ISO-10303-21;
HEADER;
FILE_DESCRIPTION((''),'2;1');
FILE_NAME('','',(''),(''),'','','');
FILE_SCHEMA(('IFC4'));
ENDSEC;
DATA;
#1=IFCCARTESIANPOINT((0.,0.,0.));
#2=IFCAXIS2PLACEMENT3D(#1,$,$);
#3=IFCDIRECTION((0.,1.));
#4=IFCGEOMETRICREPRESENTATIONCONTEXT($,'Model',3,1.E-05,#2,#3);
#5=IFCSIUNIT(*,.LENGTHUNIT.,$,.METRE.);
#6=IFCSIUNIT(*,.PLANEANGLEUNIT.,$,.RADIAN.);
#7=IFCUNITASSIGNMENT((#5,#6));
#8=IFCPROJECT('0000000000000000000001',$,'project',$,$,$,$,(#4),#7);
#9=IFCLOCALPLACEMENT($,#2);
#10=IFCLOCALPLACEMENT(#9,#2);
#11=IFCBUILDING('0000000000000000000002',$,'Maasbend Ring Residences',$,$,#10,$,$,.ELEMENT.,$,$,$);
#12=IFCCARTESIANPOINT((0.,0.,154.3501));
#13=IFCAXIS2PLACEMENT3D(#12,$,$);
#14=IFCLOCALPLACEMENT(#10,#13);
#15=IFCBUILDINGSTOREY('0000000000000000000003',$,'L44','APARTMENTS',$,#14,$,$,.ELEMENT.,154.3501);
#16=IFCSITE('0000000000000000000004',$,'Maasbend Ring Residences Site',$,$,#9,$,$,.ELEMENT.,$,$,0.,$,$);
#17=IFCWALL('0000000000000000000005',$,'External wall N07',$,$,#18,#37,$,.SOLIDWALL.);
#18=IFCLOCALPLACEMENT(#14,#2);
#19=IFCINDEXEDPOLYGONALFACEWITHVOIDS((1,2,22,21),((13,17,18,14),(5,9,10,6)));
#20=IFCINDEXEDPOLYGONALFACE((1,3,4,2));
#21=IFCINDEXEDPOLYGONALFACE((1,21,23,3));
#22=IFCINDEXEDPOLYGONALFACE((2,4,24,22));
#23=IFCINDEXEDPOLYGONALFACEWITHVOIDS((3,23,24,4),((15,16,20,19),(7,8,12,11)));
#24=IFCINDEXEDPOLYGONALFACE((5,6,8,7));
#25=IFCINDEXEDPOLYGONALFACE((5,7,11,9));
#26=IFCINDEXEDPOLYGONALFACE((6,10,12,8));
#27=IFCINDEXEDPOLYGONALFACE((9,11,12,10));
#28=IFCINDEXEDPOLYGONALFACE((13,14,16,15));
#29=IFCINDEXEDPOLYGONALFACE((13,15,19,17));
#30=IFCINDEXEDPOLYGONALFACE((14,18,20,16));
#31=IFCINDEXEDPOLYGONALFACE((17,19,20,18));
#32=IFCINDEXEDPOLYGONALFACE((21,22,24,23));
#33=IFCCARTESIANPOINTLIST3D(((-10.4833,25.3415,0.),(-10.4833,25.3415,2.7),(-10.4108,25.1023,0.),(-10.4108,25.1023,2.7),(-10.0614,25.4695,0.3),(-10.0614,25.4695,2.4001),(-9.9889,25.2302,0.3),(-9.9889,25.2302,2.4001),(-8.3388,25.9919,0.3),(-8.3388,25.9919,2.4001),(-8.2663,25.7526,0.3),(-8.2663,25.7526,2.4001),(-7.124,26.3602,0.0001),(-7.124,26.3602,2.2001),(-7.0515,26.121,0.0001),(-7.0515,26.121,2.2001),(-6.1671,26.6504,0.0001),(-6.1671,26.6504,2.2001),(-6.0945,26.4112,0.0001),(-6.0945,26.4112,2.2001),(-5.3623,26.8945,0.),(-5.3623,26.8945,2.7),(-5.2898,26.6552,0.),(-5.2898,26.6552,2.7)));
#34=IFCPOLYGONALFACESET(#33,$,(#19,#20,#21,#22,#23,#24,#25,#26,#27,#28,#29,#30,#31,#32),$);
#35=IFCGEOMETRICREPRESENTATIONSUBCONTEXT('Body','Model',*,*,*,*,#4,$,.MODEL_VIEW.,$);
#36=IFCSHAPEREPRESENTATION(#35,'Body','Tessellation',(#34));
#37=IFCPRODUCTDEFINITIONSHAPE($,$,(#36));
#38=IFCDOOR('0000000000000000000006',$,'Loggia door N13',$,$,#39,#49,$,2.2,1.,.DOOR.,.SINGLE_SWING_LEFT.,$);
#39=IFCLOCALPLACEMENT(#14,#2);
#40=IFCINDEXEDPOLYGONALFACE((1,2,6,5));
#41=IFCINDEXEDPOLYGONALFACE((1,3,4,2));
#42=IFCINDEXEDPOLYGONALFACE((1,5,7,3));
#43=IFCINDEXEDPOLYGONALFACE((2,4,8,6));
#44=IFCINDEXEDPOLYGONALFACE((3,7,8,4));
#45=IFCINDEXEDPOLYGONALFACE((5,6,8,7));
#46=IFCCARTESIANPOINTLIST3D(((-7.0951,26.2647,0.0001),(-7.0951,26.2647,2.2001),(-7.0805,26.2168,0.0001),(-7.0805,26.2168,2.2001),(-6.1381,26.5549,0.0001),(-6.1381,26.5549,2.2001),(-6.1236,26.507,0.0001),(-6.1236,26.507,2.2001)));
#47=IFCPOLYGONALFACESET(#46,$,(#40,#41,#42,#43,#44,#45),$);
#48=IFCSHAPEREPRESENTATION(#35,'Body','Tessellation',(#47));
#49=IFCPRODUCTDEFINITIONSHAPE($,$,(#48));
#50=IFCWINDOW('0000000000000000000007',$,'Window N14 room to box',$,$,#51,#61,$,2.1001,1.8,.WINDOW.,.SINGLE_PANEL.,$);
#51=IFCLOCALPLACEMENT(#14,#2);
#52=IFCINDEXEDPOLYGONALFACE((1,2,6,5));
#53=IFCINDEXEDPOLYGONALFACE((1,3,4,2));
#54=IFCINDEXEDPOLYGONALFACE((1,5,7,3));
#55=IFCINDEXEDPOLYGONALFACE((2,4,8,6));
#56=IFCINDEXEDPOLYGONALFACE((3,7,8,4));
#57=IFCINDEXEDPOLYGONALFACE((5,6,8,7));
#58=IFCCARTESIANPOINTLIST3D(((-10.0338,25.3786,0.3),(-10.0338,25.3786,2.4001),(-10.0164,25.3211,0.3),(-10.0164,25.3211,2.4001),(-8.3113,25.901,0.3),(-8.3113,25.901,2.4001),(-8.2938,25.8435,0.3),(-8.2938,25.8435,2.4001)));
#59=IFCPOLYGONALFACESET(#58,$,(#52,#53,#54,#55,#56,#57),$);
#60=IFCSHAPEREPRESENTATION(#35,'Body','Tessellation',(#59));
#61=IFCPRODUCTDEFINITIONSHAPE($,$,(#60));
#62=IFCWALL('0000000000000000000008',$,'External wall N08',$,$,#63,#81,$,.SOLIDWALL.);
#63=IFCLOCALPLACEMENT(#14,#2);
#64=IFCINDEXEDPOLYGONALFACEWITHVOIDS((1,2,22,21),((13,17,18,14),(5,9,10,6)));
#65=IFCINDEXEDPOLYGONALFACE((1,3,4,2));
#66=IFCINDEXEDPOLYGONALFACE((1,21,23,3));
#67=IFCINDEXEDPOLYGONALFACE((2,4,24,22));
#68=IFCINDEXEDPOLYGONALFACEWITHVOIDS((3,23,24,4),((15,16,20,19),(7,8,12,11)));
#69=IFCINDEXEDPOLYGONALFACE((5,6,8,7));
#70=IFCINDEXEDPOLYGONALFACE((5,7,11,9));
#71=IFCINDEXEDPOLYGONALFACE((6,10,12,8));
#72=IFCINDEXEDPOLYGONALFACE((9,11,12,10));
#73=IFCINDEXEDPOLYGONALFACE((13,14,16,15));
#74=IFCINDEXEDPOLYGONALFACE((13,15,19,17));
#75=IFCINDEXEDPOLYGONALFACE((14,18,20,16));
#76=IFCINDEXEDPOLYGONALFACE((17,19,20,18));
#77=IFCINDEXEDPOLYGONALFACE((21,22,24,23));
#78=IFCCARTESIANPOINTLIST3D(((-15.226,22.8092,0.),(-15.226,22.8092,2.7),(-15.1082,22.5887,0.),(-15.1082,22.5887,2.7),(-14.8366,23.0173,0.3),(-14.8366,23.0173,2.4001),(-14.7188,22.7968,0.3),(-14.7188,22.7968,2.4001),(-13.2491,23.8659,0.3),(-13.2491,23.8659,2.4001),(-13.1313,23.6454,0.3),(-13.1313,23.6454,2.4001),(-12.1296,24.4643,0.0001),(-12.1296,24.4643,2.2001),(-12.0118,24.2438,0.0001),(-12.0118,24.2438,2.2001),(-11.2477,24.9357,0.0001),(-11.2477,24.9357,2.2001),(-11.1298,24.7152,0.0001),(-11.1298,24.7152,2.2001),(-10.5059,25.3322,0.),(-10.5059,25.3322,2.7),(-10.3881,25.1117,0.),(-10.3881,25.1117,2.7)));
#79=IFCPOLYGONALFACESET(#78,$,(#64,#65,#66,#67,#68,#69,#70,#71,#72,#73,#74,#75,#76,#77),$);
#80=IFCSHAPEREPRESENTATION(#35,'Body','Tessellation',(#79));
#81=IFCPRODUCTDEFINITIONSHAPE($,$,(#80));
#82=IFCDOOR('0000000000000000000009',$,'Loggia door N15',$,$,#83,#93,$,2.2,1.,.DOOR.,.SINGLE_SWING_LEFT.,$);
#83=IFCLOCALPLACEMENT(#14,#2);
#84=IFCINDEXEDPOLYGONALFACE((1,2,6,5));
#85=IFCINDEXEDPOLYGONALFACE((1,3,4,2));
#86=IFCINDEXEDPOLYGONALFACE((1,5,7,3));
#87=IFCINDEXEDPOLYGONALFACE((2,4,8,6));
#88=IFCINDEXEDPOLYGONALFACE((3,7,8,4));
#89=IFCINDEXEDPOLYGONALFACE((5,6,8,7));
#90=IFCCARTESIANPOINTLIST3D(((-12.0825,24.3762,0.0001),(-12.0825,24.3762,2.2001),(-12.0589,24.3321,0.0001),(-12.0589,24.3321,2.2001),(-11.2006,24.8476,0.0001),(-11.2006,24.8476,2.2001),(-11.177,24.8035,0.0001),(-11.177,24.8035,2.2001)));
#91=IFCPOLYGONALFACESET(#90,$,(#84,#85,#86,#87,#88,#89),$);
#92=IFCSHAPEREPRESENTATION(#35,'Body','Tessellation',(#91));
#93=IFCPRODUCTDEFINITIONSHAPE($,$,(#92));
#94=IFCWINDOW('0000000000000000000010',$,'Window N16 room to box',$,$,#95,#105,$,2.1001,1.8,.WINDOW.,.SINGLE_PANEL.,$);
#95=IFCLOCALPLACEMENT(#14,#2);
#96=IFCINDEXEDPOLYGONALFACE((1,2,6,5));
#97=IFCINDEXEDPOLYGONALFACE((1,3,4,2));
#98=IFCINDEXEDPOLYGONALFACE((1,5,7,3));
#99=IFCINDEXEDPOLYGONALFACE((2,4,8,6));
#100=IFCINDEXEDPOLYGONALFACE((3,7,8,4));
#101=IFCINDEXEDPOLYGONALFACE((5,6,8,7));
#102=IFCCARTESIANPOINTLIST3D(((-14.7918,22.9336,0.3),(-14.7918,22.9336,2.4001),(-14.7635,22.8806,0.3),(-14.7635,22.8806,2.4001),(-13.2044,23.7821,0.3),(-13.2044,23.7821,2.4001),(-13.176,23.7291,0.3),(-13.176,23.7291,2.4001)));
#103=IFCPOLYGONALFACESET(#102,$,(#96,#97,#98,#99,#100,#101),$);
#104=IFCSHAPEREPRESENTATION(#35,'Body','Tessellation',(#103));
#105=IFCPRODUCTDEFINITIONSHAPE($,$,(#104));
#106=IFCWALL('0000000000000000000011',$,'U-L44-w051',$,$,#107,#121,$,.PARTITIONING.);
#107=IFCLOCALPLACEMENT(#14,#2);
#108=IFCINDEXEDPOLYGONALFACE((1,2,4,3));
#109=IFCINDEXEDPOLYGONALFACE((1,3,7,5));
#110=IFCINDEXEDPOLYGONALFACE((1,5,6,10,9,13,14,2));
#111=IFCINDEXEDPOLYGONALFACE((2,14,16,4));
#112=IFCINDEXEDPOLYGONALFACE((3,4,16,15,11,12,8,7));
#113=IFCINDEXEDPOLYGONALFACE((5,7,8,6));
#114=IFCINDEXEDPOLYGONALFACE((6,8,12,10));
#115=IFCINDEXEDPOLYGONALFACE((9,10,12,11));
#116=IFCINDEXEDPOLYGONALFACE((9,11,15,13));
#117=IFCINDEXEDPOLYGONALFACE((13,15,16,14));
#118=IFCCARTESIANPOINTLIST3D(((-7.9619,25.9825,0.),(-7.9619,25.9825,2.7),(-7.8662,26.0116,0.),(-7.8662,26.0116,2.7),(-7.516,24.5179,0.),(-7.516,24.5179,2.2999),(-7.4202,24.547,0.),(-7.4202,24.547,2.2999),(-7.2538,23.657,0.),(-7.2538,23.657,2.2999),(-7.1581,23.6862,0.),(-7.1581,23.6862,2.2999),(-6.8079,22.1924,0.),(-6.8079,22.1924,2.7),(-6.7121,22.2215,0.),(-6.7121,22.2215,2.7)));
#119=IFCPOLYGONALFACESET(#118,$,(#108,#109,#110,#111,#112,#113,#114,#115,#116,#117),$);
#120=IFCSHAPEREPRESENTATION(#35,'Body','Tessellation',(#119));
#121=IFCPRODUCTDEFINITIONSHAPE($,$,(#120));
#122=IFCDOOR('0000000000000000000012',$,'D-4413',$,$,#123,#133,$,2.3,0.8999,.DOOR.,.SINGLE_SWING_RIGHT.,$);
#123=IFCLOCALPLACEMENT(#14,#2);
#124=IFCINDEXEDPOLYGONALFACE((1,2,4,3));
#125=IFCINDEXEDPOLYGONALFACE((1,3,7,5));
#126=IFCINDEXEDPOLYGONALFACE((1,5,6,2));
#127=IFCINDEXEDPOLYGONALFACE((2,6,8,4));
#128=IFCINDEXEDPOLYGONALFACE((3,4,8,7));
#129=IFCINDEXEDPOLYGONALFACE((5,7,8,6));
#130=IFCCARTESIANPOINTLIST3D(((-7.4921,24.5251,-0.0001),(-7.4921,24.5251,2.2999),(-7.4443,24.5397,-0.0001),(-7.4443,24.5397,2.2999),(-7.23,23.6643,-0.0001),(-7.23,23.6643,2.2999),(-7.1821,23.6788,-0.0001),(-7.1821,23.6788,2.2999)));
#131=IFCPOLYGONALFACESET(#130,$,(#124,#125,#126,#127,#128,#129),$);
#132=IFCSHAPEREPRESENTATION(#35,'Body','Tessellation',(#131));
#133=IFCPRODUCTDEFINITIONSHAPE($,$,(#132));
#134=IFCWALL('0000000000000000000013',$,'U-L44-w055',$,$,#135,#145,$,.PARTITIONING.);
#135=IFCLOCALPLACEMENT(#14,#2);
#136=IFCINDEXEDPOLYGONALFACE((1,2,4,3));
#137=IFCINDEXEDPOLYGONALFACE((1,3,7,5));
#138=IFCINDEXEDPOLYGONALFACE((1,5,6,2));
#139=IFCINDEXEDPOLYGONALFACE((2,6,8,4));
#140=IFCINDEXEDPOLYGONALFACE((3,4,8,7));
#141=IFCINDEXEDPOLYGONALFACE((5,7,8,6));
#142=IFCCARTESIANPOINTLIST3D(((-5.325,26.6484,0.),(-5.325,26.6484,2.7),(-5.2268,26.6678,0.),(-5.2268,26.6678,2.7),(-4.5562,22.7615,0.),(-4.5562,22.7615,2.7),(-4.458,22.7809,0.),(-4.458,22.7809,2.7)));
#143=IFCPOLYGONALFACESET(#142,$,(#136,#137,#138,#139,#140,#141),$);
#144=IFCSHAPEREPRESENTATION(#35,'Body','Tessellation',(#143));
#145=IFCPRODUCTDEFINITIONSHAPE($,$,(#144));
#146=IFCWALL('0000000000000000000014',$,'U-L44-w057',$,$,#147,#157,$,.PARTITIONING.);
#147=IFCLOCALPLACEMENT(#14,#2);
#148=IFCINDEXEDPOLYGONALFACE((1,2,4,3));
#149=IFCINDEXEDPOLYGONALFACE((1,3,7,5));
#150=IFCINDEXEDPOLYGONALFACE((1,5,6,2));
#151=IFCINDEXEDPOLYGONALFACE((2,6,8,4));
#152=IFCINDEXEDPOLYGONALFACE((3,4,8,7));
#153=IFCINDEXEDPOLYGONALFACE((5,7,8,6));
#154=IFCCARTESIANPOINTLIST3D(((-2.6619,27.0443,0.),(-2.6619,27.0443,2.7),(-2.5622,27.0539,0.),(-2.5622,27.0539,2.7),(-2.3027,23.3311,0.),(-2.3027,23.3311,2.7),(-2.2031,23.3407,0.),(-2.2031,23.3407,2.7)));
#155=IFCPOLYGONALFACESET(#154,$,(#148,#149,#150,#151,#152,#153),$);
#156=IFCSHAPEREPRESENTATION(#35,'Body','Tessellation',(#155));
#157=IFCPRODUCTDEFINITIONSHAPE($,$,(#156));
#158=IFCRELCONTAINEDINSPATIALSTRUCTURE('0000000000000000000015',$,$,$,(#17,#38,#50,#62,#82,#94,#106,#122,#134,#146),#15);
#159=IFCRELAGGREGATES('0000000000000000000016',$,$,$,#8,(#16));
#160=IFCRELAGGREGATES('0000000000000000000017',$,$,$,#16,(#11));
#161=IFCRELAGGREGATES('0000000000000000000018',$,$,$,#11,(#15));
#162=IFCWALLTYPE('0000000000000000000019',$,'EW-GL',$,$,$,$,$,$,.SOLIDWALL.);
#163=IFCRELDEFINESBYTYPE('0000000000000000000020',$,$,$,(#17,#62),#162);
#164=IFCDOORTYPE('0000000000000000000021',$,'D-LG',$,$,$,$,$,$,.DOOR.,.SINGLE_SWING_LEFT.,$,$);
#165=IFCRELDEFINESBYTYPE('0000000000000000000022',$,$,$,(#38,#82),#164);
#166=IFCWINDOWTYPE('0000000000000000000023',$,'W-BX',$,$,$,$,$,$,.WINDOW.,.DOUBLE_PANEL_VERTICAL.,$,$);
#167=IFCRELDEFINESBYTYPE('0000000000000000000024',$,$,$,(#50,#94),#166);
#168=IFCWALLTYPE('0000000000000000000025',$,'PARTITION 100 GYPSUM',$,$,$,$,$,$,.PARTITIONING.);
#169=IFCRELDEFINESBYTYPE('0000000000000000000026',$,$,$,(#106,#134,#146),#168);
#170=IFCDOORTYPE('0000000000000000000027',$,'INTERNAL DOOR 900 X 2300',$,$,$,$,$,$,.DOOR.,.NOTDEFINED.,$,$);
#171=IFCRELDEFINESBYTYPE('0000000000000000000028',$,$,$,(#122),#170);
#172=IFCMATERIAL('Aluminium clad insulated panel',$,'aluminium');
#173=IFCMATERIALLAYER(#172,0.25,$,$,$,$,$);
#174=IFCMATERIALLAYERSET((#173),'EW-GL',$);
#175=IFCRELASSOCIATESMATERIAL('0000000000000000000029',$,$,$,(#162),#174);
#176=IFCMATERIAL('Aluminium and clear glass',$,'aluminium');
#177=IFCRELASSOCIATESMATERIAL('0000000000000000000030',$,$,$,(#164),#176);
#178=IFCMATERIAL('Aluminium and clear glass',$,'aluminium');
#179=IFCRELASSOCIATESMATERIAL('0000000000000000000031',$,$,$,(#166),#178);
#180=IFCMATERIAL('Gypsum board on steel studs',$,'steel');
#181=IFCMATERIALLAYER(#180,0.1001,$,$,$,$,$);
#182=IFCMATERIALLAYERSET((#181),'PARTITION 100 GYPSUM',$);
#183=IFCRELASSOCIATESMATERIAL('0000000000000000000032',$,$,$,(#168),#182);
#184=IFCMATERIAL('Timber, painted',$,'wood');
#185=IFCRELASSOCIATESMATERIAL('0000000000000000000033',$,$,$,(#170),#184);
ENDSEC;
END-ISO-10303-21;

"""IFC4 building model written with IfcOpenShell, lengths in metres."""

from ifc_helpers import new_model, si_unit, direction, frame, frame_2d, origin, place, context, subcontext, project, spatial, rectangle, extrude, material, layer, layer_set, type_object, element, fill, save


model = new_model("IFC4")

# Units and contexts
model_context = context("Model", 3, precision=1e-05, world=origin(), true_north=direction((0.0, 1.0)))
body_context = subcontext(model_context, "Body", "Model", "MODEL_VIEW")
ifc_project = project(units=[si_unit("LENGTHUNIT", "METRE"), si_unit("PLANEANGLEUNIT", "RADIAN")], contexts=[model_context])

# Site, building, storey
site_placement = place(None, origin())
site = spatial("IfcSite", under=ifc_project, at=site_placement, Name="Maasbend Ring Residences Site", CompositionType="ELEMENT", RefElevation=0.0)
building_placement = place(site_placement, origin())
building = spatial("IfcBuilding", under=site, at=building_placement, Name="Maasbend Ring Residences", CompositionType="ELEMENT")
storey_placement = place(building_placement, frame((0.0, 0.0, 154.3501)))
storey = spatial("IfcBuildingStorey", under=building, at=storey_placement, Name="L44", Description="APARTMENTS", CompositionType="ELEMENT", Elevation=154.3501)

# Walls, openings, doors, windows
ifc_material_1 = material(Name="Aluminium clad insulated panel", Category="aluminium")
ifc_layer_1 = layer(ifc_material_1, 0.25)
ifc_layer_set_1 = layer_set([ifc_layer_1], Name="EW-GL")
wall_type_1 = type_object("IfcWallType", Name="EW-GL", PredefinedType="SOLIDWALL", material=ifc_layer_set_1)
wall_1_placement = place(storey_placement, frame((-5.3259, 26.7749, 0.0), z_axis=(0.0, 0.0, 1.0), x_axis=(-0.956966, -0.290201, 0.0)))
wall_1 = element("IfcWall", 1, at=wall_1_placement, inside=storey, type_object=wall_type_1, Name="External wall N07", PredefinedType="SOLIDWALL", context=body_context, shape_type="SweptSolid", body=[
    extrude(rectangle(XDim=5.3513, YDim=0.25, at=frame_2d((2.6758, 0.0))), origin(), (0.0, 0.0, 1.0), 2.7),
])
opening_1_placement = place(wall_1_placement, frame((0.8411, 0.0, 0.0)))
opening_1 = element("IfcOpeningElement", 2, at=opening_1_placement, cuts=wall_1, PredefinedType="OPENING", context=body_context, shape_type="SweptSolid", body=[
    extrude(rectangle(XDim=1.0, YDim=2.2, at=frame_2d((0.5, 1.1001))), frame((0.0, 0.135, 0.0), z_axis=(0.0, -1.0, 0.0), x_axis=(1.0, 0.0, 0.0)), (0.0, 0.0, 1.0), 0.27),
])
opening_2_placement = place(wall_1_placement, frame((3.1106, 0.0, 0.3)))
opening_2 = element("IfcOpeningElement", 3, at=opening_2_placement, cuts=wall_1, PredefinedType="OPENING", context=body_context, shape_type="SweptSolid", body=[
    extrude(rectangle(XDim=1.8, YDim=2.1001, at=frame_2d((0.8999, 1.05))), frame((0.0, 0.135, 0.0), z_axis=(0.0, -1.0, 0.0), x_axis=(1.0, 0.0, 0.0)), (0.0, 0.0, 1.0), 0.27),
])
ifc_material_2 = material(Name="Aluminium and clear glass", Category="aluminium")
door_type_1 = type_object("IfcDoorType", Name="D-LG", OperationType="SINGLE_SWING_LEFT", PredefinedType="DOOR", material=ifc_material_2)
door_1_placement = place(opening_1_placement, origin())
door_1 = element("IfcDoor", 4, at=door_1_placement, inside=storey, type_object=door_type_1, Name="Loggia door N13", OperationType="SINGLE_SWING_LEFT", OverallHeight=2.2, OverallWidth=1.0, PredefinedType="DOOR", context=body_context, shape_type="SweptSolid", body=[
    extrude(rectangle(XDim=1.0, YDim=2.2, at=frame_2d((0.5, 1.1001))), frame((0.0, 0.0249, 0.0), z_axis=(0.0, -1.0, 0.0), x_axis=(1.0, 0.0, 0.0)), (0.0, 0.0, 1.0), 0.05),
])
fill(opening_1, door_1)
ifc_material_3 = material(Name="Aluminium and clear glass", Category="aluminium")
window_type_1 = type_object("IfcWindowType", Name="W-BX", PartitioningType="DOUBLE_PANEL_VERTICAL", PredefinedType="WINDOW", material=ifc_material_3)
window_1_placement = place(opening_2_placement, origin())
window_1 = element("IfcWindow", 5, at=window_1_placement, inside=storey, type_object=window_type_1, Name="Window N14 room to box", OverallHeight=2.1001, OverallWidth=1.8, PartitioningType="SINGLE_PANEL", PredefinedType="WINDOW", context=body_context, shape_type="SweptSolid", body=[
    extrude(rectangle(XDim=1.8, YDim=2.1001, at=frame_2d((0.8999, 1.05))), frame((0.0, 0.03, 0.0), z_axis=(0.0, -1.0, 0.0), x_axis=(1.0, 0.0, 0.0)), (0.0, 0.0, 1.0), 0.0601),
])
fill(opening_2, window_1)
wall_2_placement = place(storey_placement, frame((-10.447, 25.2219, 0.0), z_axis=(0.0, 0.0, 1.0), x_axis=(-0.881916, -0.471407, 0.0)))
wall_2 = element("IfcWall", 6, at=wall_2_placement, inside=storey, type_object=wall_type_1, Name="External wall N08", PredefinedType="SOLIDWALL", context=body_context, shape_type="SweptSolid", body=[
    extrude(rectangle(XDim=5.3521, YDim=0.25, at=frame_2d((2.676, 0.0))), origin(), (0.0, 0.0, 1.0), 2.7),
])
opening_3_placement = place(wall_2_placement, frame((0.8411, 0.0, 0.0)))
opening_3 = element("IfcOpeningElement", 7, at=opening_3_placement, cuts=wall_2, PredefinedType="OPENING", context=body_context, shape_type="SweptSolid", body=[
    extrude(rectangle(XDim=1.0, YDim=2.2, at=frame_2d((0.5, 1.1001))), frame((0.0, 0.135, 0.0), z_axis=(0.0, -1.0, 0.0), x_axis=(1.0, 0.0, 0.0)), (0.0, 0.0, 1.0), 0.27),
])
opening_4_placement = place(wall_2_placement, frame((3.1106, 0.0, 0.3)))
opening_4 = element("IfcOpeningElement", 8, at=opening_4_placement, cuts=wall_2, PredefinedType="OPENING", context=body_context, shape_type="SweptSolid", body=[
    extrude(rectangle(XDim=1.8, YDim=2.1001, at=frame_2d((0.8999, 1.05))), frame((0.0, 0.135, 0.0), z_axis=(0.0, -1.0, 0.0), x_axis=(1.0, 0.0, 0.0)), (0.0, 0.0, 1.0), 0.27),
])
door_2_placement = place(opening_3_placement, origin())
door_2 = element("IfcDoor", 9, at=door_2_placement, inside=storey, type_object=door_type_1, Name="Loggia door N15", OperationType="SINGLE_SWING_LEFT", OverallHeight=2.2, OverallWidth=1.0, PredefinedType="DOOR", context=body_context, shape_type="SweptSolid", body=[
    extrude(rectangle(XDim=1.0, YDim=2.2, at=frame_2d((0.5, 1.1001))), frame((0.0, 0.0249, 0.0), z_axis=(0.0, -1.0, 0.0), x_axis=(1.0, 0.0, 0.0)), (0.0, 0.0, 1.0), 0.05),
])
fill(opening_3, door_2)
window_2_placement = place(opening_4_placement, origin())
window_2 = element("IfcWindow", 10, at=window_2_placement, inside=storey, type_object=window_type_1, Name="Window N16 room to box", OverallHeight=2.1001, OverallWidth=1.8, PartitioningType="SINGLE_PANEL", PredefinedType="WINDOW", context=body_context, shape_type="SweptSolid", body=[
    extrude(rectangle(XDim=1.8, YDim=2.1001, at=frame_2d((0.8999, 1.05))), frame((0.0, 0.03, 0.0), z_axis=(0.0, -1.0, 0.0), x_axis=(1.0, 0.0, 0.0)), (0.0, 0.0, 1.0), 0.0601),
])
fill(opening_4, window_2)

# Wall, opening, door
ifc_material_4 = material(Name="Gypsum board on steel studs", Category="steel")
ifc_layer_2 = layer(ifc_material_4, 0.1001)
ifc_layer_set_2 = layer_set([ifc_layer_2], Name="PARTITION 100 GYPSUM")
wall_type_2 = type_object("IfcWallType", Name="PARTITION 100 GYPSUM", PredefinedType="PARTITIONING", material=ifc_layer_set_2)
wall_3_placement = place(storey_placement, frame((-7.9141, 25.9971, 0.0), z_axis=(0.0, 0.0, 1.0), x_axis=(0.291292, -0.956634, 0.0)))
wall_3 = element("IfcWall", 11, at=wall_3_placement, inside=storey, type_object=wall_type_2, Name="U-L44-w051", PredefinedType="PARTITIONING", context=body_context, shape_type="SweptSolid", body=[
    extrude(rectangle(XDim=3.9619, YDim=0.1001, at=frame_2d((1.981, 0.0))), origin(), (0.0, 0.0, 1.0), 2.7),
])
opening_5_placement = place(wall_3_placement, frame((1.531, 0.0, 0.0)))
opening_5 = element("IfcOpeningElement", 12, at=opening_5_placement, cuts=wall_3, PredefinedType="OPENING", context=body_context, shape_type="SweptSolid", body=[
    extrude(rectangle(XDim=0.8999, YDim=2.3, at=frame_2d((0.45, 1.1499))), frame((0.0, 0.0601, 0.0), z_axis=(0.0, -1.0, 0.0), x_axis=(1.0, 0.0, 0.0)), (0.0, 0.0, 1.0), 0.1201),
])
ifc_material_5 = material(Name="Timber, painted", Category="wood")
door_type_2 = type_object("IfcDoorType", Name="INTERNAL DOOR 900 X 2300", OperationType="NOTDEFINED", PredefinedType="DOOR", material=ifc_material_5)
door_3_placement = place(opening_5_placement, origin())
door_3 = element("IfcDoor", 13, at=door_3_placement, inside=storey, type_object=door_type_2, Name="D-4413", OperationType="SINGLE_SWING_RIGHT", OverallHeight=2.3, OverallWidth=0.8999, PredefinedType="DOOR", context=body_context, shape_type="SweptSolid", body=[
    extrude(rectangle(XDim=0.8999, YDim=2.3, at=frame_2d((0.45, 1.1499))), frame((0.0, 0.0249, 0.0), z_axis=(0.0, -1.0, 0.0), x_axis=(1.0, 0.0, 0.0)), (0.0, 0.0, 1.0), 0.05),
])
fill(opening_5, door_3)

# Walls
wall_4_placement = place(storey_placement, frame((-5.2759, 26.658, 0.0), z_axis=(0.0, 0.0, 1.0), x_axis=(0.19403, -0.980996, 0.0)))
element("IfcWall", 14, at=wall_4_placement, inside=storey, type_object=wall_type_2, Name="U-L44-w055", PredefinedType="PARTITIONING", context=body_context, shape_type="SweptSolid", body=[
    extrude(rectangle(XDim=3.9622, YDim=0.1001, at=frame_2d((1.981, 0.0))), origin(), (0.0, 0.0, 1.0), 2.7),
])
wall_5_placement = place(storey_placement, frame((-2.6121, 27.0491, 0.0), z_axis=(0.0, 0.0, 1.0), x_axis=(0.09627, -0.995355, 0.0)))
element("IfcWall", 15, at=wall_5_placement, inside=storey, type_object=wall_type_2, Name="U-L44-w057", PredefinedType="PARTITIONING", context=body_context, shape_type="SweptSolid", body=[
    extrude(rectangle(XDim=3.7305, YDim=0.1001, at=frame_2d((1.8652, 0.0))), origin(), (0.0, 0.0, 1.0), 2.7),
])

save(model, "model.ifc")
